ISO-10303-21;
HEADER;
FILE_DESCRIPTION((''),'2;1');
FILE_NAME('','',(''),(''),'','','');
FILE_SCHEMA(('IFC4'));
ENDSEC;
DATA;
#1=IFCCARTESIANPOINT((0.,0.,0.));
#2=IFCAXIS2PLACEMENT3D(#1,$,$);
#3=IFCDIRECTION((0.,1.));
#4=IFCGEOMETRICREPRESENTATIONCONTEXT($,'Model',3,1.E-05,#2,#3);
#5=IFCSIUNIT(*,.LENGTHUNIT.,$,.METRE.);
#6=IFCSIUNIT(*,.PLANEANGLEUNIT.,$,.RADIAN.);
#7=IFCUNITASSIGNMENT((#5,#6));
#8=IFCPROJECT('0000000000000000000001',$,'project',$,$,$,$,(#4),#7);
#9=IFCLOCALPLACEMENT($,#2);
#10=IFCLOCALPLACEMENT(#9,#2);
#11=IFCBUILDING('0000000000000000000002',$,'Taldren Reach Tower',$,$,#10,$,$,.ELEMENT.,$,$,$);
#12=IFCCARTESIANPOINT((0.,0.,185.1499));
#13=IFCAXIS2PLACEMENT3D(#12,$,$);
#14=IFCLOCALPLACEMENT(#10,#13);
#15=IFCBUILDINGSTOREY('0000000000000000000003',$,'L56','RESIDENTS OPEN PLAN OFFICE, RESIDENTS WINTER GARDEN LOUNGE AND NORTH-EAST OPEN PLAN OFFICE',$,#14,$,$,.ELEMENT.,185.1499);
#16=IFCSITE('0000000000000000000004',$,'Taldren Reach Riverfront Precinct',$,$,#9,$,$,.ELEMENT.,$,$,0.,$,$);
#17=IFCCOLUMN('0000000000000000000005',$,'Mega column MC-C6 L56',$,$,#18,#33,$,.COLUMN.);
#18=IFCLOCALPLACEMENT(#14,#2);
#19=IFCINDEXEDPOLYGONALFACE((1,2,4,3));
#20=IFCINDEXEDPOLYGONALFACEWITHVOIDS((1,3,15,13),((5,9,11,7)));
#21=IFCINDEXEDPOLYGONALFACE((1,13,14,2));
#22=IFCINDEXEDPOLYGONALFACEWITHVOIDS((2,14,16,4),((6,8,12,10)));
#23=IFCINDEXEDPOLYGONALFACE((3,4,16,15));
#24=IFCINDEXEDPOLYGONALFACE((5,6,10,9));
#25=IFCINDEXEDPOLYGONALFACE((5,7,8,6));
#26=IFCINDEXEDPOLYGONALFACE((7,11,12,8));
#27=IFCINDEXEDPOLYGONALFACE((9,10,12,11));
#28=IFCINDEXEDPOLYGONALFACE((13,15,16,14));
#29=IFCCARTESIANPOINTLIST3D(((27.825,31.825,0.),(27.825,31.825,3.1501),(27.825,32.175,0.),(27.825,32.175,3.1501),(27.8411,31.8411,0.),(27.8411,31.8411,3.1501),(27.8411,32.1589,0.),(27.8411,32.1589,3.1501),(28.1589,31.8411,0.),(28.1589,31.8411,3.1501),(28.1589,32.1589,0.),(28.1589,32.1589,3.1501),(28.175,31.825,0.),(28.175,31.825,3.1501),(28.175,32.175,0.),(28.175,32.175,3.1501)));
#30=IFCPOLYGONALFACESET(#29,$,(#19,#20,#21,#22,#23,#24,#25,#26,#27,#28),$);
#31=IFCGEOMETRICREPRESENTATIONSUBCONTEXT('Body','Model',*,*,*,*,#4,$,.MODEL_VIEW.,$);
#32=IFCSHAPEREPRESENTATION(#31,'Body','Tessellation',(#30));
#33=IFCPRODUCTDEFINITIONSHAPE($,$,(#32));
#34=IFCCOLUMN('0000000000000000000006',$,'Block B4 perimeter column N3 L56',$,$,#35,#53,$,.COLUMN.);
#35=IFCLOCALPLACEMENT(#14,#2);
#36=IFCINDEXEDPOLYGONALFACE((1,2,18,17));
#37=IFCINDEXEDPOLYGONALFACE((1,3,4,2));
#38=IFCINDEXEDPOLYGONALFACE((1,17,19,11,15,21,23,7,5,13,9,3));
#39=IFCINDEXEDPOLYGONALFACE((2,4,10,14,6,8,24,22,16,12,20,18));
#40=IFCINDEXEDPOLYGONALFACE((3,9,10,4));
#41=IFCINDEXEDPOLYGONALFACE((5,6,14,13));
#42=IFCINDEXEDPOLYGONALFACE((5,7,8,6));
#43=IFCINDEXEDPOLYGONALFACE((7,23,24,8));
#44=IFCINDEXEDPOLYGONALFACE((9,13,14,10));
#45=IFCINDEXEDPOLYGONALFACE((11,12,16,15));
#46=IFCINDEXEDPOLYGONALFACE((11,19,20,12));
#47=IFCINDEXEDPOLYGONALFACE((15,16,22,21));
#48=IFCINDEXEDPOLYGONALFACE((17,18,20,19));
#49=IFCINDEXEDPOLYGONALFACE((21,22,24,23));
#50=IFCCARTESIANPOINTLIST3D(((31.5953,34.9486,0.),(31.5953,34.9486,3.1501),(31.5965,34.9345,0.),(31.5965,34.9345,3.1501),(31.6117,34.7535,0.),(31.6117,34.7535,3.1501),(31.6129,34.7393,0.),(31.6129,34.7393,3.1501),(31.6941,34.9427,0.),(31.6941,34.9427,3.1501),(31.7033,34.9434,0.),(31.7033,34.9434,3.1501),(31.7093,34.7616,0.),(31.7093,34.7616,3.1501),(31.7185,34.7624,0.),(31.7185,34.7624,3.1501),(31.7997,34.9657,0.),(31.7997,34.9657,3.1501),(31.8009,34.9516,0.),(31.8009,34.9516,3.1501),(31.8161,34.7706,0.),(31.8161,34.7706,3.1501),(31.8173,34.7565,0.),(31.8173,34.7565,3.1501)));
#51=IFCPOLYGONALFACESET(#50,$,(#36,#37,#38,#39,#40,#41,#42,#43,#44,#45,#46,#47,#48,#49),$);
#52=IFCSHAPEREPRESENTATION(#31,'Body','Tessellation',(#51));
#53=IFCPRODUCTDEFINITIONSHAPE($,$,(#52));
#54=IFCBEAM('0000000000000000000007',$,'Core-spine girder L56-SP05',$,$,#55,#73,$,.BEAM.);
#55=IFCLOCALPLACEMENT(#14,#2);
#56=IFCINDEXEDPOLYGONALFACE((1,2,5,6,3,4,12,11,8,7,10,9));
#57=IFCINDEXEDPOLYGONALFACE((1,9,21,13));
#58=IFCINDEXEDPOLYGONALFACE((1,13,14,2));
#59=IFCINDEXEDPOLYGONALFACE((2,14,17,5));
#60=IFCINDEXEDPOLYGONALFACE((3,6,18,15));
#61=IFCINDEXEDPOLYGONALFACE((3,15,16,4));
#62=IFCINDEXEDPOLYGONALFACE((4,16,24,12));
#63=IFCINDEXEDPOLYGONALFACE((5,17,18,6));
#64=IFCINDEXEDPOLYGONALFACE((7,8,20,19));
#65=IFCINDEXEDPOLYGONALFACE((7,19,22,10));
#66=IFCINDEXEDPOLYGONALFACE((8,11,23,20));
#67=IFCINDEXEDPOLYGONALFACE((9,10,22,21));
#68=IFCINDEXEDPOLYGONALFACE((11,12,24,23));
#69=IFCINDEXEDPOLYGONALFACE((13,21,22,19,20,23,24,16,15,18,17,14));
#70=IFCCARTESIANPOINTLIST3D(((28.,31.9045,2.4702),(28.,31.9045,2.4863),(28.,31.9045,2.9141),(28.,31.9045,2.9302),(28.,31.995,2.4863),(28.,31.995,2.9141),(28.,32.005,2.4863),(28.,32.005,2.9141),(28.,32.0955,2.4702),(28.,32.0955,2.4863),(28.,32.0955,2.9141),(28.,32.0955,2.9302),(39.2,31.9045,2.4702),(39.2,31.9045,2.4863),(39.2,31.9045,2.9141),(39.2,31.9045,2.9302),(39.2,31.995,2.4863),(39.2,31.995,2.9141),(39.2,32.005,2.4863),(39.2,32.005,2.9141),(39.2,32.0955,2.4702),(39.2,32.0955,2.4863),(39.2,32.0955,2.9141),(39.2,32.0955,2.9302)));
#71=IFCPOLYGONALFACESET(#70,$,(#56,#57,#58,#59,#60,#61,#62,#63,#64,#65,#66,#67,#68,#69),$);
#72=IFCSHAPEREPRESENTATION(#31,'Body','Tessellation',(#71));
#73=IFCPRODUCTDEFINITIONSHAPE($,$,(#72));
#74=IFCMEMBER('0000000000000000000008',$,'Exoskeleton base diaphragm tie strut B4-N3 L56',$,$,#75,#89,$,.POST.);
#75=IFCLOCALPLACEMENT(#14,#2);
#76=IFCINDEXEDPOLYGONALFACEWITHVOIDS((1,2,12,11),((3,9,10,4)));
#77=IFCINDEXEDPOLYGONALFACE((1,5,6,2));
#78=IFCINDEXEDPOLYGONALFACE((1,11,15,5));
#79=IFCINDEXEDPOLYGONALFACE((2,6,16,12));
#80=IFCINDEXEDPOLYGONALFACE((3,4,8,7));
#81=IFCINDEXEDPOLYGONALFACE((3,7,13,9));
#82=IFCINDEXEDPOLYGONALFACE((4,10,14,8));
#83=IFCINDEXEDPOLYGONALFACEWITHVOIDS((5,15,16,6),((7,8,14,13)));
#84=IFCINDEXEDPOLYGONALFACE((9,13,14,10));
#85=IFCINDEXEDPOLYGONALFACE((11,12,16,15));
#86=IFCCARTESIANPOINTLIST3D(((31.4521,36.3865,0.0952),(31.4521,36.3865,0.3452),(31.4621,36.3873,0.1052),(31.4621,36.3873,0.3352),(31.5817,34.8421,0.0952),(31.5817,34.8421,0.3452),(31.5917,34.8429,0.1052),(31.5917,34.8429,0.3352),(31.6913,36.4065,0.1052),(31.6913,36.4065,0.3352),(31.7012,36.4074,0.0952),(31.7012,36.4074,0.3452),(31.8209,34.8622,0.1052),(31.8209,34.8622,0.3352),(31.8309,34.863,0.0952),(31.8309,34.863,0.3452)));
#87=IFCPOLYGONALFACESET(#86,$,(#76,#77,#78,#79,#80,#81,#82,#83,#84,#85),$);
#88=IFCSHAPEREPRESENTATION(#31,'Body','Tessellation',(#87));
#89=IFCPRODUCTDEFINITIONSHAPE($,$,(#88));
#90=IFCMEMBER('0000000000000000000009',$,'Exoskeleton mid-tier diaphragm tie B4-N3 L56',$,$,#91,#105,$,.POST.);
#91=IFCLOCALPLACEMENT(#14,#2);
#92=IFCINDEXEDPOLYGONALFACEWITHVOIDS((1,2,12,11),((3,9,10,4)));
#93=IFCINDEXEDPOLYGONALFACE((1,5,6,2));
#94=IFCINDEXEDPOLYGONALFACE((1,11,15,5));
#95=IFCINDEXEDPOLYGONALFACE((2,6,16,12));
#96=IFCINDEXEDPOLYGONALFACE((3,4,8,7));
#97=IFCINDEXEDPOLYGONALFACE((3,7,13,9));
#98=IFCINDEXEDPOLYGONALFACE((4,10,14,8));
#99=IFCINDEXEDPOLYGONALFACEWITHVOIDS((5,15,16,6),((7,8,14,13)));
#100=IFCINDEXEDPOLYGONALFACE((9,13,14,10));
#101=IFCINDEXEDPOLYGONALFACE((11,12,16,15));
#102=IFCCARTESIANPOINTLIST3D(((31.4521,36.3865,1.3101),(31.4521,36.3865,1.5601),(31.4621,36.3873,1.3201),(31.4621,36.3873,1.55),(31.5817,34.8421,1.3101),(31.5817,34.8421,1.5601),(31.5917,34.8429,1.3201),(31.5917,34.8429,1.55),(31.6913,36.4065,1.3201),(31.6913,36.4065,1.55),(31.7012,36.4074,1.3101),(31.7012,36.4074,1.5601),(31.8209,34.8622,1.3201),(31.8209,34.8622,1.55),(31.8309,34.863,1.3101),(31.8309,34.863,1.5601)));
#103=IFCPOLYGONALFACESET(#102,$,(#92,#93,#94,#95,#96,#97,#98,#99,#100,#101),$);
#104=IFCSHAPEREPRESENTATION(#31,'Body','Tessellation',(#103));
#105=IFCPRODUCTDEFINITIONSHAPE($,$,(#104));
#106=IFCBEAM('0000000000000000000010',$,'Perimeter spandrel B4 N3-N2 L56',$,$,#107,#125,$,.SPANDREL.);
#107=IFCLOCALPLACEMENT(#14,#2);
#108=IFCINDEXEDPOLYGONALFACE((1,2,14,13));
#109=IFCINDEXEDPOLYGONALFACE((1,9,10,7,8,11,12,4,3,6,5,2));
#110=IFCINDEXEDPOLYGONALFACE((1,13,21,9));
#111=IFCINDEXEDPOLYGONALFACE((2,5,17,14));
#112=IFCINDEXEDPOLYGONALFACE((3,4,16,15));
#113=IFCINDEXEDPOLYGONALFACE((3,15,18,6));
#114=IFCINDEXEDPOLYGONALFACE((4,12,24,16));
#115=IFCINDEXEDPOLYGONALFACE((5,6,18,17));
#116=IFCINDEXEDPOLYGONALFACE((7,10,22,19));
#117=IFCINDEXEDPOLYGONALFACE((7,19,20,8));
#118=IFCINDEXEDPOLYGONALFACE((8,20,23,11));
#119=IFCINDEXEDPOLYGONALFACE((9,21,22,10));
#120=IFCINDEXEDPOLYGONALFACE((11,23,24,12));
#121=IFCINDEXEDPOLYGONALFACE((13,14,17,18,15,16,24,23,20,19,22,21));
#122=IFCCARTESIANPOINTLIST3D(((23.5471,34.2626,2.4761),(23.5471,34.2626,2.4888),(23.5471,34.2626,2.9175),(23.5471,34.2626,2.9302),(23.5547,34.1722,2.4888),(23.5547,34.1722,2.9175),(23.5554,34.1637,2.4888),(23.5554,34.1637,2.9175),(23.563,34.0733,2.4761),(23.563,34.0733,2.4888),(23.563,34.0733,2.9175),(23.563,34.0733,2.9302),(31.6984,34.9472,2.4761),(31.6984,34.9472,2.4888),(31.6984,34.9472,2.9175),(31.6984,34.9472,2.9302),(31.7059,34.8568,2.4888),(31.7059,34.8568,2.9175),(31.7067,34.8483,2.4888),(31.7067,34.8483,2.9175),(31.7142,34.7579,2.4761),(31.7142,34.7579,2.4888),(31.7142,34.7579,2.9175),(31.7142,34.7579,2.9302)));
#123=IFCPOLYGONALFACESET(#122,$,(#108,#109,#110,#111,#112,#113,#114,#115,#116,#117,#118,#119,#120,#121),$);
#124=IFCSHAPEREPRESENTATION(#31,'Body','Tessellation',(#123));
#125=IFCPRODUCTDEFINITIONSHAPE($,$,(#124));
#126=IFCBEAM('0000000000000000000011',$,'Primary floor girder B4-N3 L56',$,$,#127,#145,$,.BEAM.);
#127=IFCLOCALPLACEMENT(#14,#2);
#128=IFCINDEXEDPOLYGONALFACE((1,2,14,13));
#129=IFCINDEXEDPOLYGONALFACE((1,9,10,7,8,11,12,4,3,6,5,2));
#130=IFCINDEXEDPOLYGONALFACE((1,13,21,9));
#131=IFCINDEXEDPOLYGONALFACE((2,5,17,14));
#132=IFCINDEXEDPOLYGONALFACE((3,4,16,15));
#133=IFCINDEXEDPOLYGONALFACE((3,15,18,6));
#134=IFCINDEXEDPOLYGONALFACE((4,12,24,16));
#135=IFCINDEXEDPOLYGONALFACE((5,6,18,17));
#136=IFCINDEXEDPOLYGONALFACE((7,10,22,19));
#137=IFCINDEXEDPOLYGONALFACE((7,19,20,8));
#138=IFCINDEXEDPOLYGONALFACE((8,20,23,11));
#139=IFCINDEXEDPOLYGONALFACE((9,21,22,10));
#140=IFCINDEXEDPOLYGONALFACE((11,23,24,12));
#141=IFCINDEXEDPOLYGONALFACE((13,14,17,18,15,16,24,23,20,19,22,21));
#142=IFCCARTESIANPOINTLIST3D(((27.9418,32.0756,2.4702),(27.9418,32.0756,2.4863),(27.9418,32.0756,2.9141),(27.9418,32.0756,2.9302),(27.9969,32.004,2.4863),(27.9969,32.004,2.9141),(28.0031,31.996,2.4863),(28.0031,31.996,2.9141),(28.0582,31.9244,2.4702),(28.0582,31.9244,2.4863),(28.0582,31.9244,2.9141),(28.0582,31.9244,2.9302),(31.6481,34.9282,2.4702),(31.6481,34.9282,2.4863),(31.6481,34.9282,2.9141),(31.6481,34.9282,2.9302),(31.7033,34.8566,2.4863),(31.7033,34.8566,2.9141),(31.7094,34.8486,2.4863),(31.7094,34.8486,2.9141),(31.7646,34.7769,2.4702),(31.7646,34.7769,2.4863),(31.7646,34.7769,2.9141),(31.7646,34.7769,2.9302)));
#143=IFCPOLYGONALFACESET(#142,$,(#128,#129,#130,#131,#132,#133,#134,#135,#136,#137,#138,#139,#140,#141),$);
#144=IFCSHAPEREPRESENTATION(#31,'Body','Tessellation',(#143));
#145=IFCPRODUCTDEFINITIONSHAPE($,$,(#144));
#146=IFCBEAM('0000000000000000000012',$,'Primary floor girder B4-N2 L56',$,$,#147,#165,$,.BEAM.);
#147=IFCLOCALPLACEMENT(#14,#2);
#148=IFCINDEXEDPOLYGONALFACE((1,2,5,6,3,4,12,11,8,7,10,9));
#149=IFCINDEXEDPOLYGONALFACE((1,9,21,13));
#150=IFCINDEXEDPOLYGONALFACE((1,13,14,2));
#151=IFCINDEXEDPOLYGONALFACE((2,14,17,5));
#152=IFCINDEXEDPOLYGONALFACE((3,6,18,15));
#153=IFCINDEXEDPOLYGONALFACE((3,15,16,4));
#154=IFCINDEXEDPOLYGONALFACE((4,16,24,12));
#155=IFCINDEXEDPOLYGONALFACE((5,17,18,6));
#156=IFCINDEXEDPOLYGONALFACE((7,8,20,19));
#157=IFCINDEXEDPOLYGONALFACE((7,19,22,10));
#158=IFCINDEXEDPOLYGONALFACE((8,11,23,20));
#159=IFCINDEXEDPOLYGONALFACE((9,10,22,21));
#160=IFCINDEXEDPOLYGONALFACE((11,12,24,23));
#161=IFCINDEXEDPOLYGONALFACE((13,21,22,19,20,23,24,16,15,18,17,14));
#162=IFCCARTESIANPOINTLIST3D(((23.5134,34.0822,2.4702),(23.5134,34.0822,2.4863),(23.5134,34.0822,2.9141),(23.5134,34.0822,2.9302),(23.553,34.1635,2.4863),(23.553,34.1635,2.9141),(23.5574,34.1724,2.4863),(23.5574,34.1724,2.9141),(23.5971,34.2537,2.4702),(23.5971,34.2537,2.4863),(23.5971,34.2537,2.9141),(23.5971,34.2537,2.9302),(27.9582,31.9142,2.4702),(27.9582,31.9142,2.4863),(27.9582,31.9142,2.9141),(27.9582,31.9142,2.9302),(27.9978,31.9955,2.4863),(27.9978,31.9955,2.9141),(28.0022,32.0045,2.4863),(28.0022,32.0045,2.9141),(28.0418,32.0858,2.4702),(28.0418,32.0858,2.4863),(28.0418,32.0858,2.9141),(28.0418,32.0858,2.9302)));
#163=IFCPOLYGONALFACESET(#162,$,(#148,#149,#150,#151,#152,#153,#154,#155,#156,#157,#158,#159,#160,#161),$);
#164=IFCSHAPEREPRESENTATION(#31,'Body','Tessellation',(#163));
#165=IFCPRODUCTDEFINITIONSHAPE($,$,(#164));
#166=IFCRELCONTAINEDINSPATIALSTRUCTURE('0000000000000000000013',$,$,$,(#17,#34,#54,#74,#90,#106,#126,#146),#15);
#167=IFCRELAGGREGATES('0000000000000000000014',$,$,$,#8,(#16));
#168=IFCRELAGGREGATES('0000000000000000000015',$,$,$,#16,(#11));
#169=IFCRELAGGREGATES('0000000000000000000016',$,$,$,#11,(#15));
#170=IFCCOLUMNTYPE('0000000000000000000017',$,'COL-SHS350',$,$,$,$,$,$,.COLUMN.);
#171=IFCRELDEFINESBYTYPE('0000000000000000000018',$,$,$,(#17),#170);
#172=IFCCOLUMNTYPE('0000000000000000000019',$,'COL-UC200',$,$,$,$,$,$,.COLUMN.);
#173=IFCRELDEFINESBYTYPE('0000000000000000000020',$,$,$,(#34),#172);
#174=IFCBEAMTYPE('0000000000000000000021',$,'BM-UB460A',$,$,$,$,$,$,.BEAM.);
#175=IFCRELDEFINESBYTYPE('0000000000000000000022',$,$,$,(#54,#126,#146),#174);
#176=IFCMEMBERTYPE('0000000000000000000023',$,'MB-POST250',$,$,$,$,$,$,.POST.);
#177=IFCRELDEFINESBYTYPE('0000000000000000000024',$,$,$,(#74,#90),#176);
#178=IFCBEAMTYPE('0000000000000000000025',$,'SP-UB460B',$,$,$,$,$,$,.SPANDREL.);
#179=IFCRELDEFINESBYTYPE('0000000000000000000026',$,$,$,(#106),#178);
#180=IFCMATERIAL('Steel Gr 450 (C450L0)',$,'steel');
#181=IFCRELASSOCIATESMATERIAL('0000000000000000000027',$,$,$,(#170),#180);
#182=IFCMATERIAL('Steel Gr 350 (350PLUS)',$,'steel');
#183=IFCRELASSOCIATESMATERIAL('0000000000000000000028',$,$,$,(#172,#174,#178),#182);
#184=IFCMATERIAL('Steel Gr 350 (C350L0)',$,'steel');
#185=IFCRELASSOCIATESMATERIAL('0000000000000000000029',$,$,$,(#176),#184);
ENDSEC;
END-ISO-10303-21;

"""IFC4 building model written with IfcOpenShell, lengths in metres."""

from ifc_helpers import new_model, si_unit, direction, frame, origin, origin_2d, place, context, subcontext, project, spatial, hollow_rectangle, i_section, extrude, source, transform, mapped, material, material_profile, profile_set, type_object, element, save


model = new_model("IFC4")

# Units and contexts
model_context = context("Model", 3, precision=1e-05, world=origin(), true_north=direction((0.0, 1.0)))
body_context = subcontext(model_context, "Body", "Model", "MODEL_VIEW")
ifc_project = project(units=[si_unit("LENGTHUNIT", "METRE"), si_unit("PLANEANGLEUNIT", "RADIAN")], contexts=[model_context])

# Site, building, storey
site_placement = place(None, origin())
site = spatial("IfcSite", under=ifc_project, at=site_placement, Name="Taldren Reach Riverfront Precinct", CompositionType="ELEMENT", RefElevation=0.0)
building_placement = place(site_placement, origin())
building = spatial("IfcBuilding", under=site, at=building_placement, Name="Taldren Reach Tower", CompositionType="ELEMENT")
storey_placement = place(building_placement, frame((0.0, 0.0, 185.1499)))
storey = spatial("IfcBuildingStorey", under=building, at=storey_placement, Name="L56", Description="RESIDENTS OPEN PLAN OFFICE, RESIDENTS WINTER GARDEN LOUNGE AND NORTH-EAST OPEN PLAN OFFICE", CompositionType="ELEMENT", Elevation=185.1499)

# Columns
ifc_material_1 = material(Name="Steel Gr 450 (C450L0)", Category="steel")
ifc_material_profile_1 = material_profile(ifc_material_1, hollow_rectangle(XDim=0.3501, YDim=0.3501, WallThickness=0.0161, at=origin_2d()), Name="350x350x16.0SHS")
ifc_profile_set_1 = profile_set([ifc_material_profile_1], Name="Steel Gr 450 (C450L0)")
column_type_1 = type_object("IfcColumnType", Name="COL-SHS350", PredefinedType="COLUMN", material=ifc_profile_set_1)
shared_shape_1 = source(origin(), body_context, "Body", "SweptSolid", [
    extrude(hollow_rectangle(XDim=0.3501, YDim=0.3501, WallThickness=0.0161, at=origin_2d()), origin(), (0.0, 0.0, 1.0), 3.1501),
])
column_1_placement = place(storey_placement, frame((28.0, 32.0, 0.0), z_axis=(0.0, 0.0, 1.0), x_axis=(1.0, 0.0, 0.0)))
element("IfcColumn", 1, at=column_1_placement, inside=storey, type_object=column_type_1, Name="Mega column MC-C6 L56", PredefinedType="COLUMN", context=body_context, shape_type="MappedRepresentation", body=[
    mapped(shared_shape_1, transform((0.0, 0.0, 0.0), scale=1.0)),
])
ifc_material_2 = material(Name="Steel Gr 350 (350PLUS)", Category="steel")
ifc_material_profile_2 = material_profile(ifc_material_2, i_section(OverallWidth=0.2051, OverallDepth=0.21, WebThickness=0.0093, FlangeThickness=0.0142, at=origin_2d()), Name="200UC59.5")
ifc_profile_set_2 = profile_set([ifc_material_profile_2], Name="Steel Gr 350 (350PLUS)")
column_type_2 = type_object("IfcColumnType", Name="COL-UC200", PredefinedType="COLUMN", material=ifc_profile_set_2)
shared_shape_2 = source(origin(), body_context, "Body", "SweptSolid", [
    extrude(i_section(OverallWidth=0.2051, OverallDepth=0.21, WebThickness=0.0093, FlangeThickness=0.0142, at=origin_2d()), origin(), (0.0, 0.0, 1.0), 3.1501),
])
column_2_placement = place(storey_placement, frame((31.7063, 34.8525, 0.0), z_axis=(0.0, 0.0, 1.0), x_axis=(0.996493, 0.083678, 0.0)))
element("IfcColumn", 2, at=column_2_placement, inside=storey, type_object=column_type_2, Name="Block B4 perimeter column N3 L56", PredefinedType="COLUMN", context=body_context, shape_type="MappedRepresentation", body=[
    mapped(shared_shape_2, transform((0.0, 0.0, 0.0), scale=1.0)),
])

# Beam
ifc_material_profile_3 = material_profile(ifc_material_2, i_section(OverallWidth=0.1909, OverallDepth=0.46, WebThickness=0.01, FlangeThickness=0.0161, at=origin_2d()), Name="460UB82.1")
ifc_profile_set_3 = profile_set([ifc_material_profile_3], Name="Steel Gr 350 (350PLUS)")
beam_type_1 = type_object("IfcBeamType", Name="BM-UB460A", PredefinedType="BEAM", material=ifc_profile_set_3)
shared_shape_3 = source(origin(), body_context, "Body", "SweptSolid", [
    extrude(i_section(OverallWidth=0.1909, OverallDepth=0.46, WebThickness=0.01, FlangeThickness=0.0161, at=origin_2d()), origin(), (0.0, 0.0, 1.0), 11.2),
])
beam_1_placement = place(storey_placement, frame((28.0, 32.0, 2.7002), z_axis=(1.0, 0.0, 0.0), x_axis=(0.0, 1.0, 0.0)))
element("IfcBeam", 3, at=beam_1_placement, inside=storey, type_object=beam_type_1, Name="Core-spine girder L56-SP05", PredefinedType="BEAM", context=body_context, shape_type="MappedRepresentation", body=[
    mapped(shared_shape_3, transform((0.0, 0.0, 0.0), scale=1.0)),
])

# Members
ifc_material_3 = material(Name="Steel Gr 350 (C350L0)", Category="steel")
ifc_material_profile_4 = material_profile(ifc_material_3, hollow_rectangle(XDim=0.25, YDim=0.25, WallThickness=0.01, at=origin_2d()), Name="250x250x10.0SHS")
ifc_profile_set_4 = profile_set([ifc_material_profile_4], Name="Steel Gr 350 (C350L0)")
member_type_1 = type_object("IfcMemberType", Name="MB-POST250", PredefinedType="POST", material=ifc_profile_set_4)
shared_shape_4 = source(origin(), body_context, "Body", "SweptSolid", [
    extrude(hollow_rectangle(XDim=0.25, YDim=0.25, WallThickness=0.01, at=origin_2d()), origin(), (0.0, 0.0, 1.0), 1.5498),
])
for number, where, z_axis, x_axis, name in (
    (4, (31.7063, 34.8525, 0.2202), (-0.083645, 0.996496, 0.0), (-0.996496, -0.083645, 0.0), "Exoskeleton base diaphragm tie strut B4-N3 L56"),
    (5, (31.7063, 34.8525, 1.4351), (-0.083645, 0.996496, 0.0), (-0.996496, -0.083645, 0.0), "Exoskeleton mid-tier diaphragm tie B4-N3 L56"),
):
    element("IfcMember", number, at=place(storey_placement, frame(where, z_axis=z_axis, x_axis=x_axis)), inside=storey, type_object=member_type_1, Name=name, PredefinedType="POST", context=body_context, shape_type="MappedRepresentation", body=[
        mapped(shared_shape_4, transform((0.0, 0.0, 0.0), scale=1.0)),
    ])

# Beams
ifc_material_profile_5 = material_profile(ifc_material_2, i_section(OverallWidth=0.1899, OverallDepth=0.4541, WebThickness=0.0085, FlangeThickness=0.0127, at=origin_2d()), Name="460UB67.1")
ifc_profile_set_5 = profile_set([ifc_material_profile_5], Name="Steel Gr 350 (350PLUS)")
beam_type_2 = type_object("IfcBeamType", Name="SP-UB460B", PredefinedType="SPANDREL", material=ifc_profile_set_5)
shared_shape_5 = source(origin(), body_context, "Body", "SweptSolid", [
    extrude(i_section(OverallWidth=0.1899, OverallDepth=0.4541, WebThickness=0.0085, FlangeThickness=0.0127, at=origin_2d()), origin(), (0.0, 0.0, 1.0), 8.1799),
])
beam_2_placement = place(storey_placement, frame((31.7063, 34.8525, 2.7031), z_axis=(-0.996492, -0.08369, 0.0), x_axis=(0.08369, -0.996492, 0.0)))
element("IfcBeam", 6, at=beam_2_placement, inside=storey, type_object=beam_type_2, Name="Perimeter spandrel B4 N3-N2 L56", PredefinedType="SPANDREL", context=body_context, shape_type="MappedRepresentation", body=[
    mapped(shared_shape_5, transform((0.0, 0.0, 0.0), scale=1.0)),
])
shared_shape_6 = source(origin(), body_context, "Body", "SweptSolid", [
    extrude(i_section(OverallWidth=0.1909, OverallDepth=0.46, WebThickness=0.01, FlangeThickness=0.0161, at=origin_2d()), origin(), (0.0, 0.0, 1.0), 4.677),
])
beam_3_placement = place(storey_placement, frame((28.0, 32.0, 2.7002), z_axis=(0.792465, 0.609918, 0.0), x_axis=(-0.609918, 0.792465, 0.0)))
element("IfcBeam", 7, at=beam_3_placement, inside=storey, type_object=beam_type_1, Name="Primary floor girder B4-N3 L56", PredefinedType="BEAM", context=body_context, shape_type="MappedRepresentation", body=[
    mapped(shared_shape_6, transform((0.0, 0.0, 0.0), scale=1.0)),
])
shared_shape_7 = source(origin(), body_context, "Body", "SweptSolid", [
    extrude(i_section(OverallWidth=0.1909, OverallDepth=0.46, WebThickness=0.01, FlangeThickness=0.0161, at=origin_2d()), origin(), (0.0, 0.0, 1.0), 4.9453),
])
beam_4_placement = place(storey_placement, frame((28.0, 32.0, 2.7002), z_axis=(-0.898787, 0.438385, 0.0), x_axis=(-0.438385, -0.898787, 0.0)))
element("IfcBeam", 8, at=beam_4_placement, inside=storey, type_object=beam_type_1, Name="Primary floor girder B4-N2 L56", PredefinedType="BEAM", context=body_context, shape_type="MappedRepresentation", body=[
    mapped(shared_shape_7, transform((0.0, 0.0, 0.0), scale=1.0)),
])

save(model, "model.ifc")
